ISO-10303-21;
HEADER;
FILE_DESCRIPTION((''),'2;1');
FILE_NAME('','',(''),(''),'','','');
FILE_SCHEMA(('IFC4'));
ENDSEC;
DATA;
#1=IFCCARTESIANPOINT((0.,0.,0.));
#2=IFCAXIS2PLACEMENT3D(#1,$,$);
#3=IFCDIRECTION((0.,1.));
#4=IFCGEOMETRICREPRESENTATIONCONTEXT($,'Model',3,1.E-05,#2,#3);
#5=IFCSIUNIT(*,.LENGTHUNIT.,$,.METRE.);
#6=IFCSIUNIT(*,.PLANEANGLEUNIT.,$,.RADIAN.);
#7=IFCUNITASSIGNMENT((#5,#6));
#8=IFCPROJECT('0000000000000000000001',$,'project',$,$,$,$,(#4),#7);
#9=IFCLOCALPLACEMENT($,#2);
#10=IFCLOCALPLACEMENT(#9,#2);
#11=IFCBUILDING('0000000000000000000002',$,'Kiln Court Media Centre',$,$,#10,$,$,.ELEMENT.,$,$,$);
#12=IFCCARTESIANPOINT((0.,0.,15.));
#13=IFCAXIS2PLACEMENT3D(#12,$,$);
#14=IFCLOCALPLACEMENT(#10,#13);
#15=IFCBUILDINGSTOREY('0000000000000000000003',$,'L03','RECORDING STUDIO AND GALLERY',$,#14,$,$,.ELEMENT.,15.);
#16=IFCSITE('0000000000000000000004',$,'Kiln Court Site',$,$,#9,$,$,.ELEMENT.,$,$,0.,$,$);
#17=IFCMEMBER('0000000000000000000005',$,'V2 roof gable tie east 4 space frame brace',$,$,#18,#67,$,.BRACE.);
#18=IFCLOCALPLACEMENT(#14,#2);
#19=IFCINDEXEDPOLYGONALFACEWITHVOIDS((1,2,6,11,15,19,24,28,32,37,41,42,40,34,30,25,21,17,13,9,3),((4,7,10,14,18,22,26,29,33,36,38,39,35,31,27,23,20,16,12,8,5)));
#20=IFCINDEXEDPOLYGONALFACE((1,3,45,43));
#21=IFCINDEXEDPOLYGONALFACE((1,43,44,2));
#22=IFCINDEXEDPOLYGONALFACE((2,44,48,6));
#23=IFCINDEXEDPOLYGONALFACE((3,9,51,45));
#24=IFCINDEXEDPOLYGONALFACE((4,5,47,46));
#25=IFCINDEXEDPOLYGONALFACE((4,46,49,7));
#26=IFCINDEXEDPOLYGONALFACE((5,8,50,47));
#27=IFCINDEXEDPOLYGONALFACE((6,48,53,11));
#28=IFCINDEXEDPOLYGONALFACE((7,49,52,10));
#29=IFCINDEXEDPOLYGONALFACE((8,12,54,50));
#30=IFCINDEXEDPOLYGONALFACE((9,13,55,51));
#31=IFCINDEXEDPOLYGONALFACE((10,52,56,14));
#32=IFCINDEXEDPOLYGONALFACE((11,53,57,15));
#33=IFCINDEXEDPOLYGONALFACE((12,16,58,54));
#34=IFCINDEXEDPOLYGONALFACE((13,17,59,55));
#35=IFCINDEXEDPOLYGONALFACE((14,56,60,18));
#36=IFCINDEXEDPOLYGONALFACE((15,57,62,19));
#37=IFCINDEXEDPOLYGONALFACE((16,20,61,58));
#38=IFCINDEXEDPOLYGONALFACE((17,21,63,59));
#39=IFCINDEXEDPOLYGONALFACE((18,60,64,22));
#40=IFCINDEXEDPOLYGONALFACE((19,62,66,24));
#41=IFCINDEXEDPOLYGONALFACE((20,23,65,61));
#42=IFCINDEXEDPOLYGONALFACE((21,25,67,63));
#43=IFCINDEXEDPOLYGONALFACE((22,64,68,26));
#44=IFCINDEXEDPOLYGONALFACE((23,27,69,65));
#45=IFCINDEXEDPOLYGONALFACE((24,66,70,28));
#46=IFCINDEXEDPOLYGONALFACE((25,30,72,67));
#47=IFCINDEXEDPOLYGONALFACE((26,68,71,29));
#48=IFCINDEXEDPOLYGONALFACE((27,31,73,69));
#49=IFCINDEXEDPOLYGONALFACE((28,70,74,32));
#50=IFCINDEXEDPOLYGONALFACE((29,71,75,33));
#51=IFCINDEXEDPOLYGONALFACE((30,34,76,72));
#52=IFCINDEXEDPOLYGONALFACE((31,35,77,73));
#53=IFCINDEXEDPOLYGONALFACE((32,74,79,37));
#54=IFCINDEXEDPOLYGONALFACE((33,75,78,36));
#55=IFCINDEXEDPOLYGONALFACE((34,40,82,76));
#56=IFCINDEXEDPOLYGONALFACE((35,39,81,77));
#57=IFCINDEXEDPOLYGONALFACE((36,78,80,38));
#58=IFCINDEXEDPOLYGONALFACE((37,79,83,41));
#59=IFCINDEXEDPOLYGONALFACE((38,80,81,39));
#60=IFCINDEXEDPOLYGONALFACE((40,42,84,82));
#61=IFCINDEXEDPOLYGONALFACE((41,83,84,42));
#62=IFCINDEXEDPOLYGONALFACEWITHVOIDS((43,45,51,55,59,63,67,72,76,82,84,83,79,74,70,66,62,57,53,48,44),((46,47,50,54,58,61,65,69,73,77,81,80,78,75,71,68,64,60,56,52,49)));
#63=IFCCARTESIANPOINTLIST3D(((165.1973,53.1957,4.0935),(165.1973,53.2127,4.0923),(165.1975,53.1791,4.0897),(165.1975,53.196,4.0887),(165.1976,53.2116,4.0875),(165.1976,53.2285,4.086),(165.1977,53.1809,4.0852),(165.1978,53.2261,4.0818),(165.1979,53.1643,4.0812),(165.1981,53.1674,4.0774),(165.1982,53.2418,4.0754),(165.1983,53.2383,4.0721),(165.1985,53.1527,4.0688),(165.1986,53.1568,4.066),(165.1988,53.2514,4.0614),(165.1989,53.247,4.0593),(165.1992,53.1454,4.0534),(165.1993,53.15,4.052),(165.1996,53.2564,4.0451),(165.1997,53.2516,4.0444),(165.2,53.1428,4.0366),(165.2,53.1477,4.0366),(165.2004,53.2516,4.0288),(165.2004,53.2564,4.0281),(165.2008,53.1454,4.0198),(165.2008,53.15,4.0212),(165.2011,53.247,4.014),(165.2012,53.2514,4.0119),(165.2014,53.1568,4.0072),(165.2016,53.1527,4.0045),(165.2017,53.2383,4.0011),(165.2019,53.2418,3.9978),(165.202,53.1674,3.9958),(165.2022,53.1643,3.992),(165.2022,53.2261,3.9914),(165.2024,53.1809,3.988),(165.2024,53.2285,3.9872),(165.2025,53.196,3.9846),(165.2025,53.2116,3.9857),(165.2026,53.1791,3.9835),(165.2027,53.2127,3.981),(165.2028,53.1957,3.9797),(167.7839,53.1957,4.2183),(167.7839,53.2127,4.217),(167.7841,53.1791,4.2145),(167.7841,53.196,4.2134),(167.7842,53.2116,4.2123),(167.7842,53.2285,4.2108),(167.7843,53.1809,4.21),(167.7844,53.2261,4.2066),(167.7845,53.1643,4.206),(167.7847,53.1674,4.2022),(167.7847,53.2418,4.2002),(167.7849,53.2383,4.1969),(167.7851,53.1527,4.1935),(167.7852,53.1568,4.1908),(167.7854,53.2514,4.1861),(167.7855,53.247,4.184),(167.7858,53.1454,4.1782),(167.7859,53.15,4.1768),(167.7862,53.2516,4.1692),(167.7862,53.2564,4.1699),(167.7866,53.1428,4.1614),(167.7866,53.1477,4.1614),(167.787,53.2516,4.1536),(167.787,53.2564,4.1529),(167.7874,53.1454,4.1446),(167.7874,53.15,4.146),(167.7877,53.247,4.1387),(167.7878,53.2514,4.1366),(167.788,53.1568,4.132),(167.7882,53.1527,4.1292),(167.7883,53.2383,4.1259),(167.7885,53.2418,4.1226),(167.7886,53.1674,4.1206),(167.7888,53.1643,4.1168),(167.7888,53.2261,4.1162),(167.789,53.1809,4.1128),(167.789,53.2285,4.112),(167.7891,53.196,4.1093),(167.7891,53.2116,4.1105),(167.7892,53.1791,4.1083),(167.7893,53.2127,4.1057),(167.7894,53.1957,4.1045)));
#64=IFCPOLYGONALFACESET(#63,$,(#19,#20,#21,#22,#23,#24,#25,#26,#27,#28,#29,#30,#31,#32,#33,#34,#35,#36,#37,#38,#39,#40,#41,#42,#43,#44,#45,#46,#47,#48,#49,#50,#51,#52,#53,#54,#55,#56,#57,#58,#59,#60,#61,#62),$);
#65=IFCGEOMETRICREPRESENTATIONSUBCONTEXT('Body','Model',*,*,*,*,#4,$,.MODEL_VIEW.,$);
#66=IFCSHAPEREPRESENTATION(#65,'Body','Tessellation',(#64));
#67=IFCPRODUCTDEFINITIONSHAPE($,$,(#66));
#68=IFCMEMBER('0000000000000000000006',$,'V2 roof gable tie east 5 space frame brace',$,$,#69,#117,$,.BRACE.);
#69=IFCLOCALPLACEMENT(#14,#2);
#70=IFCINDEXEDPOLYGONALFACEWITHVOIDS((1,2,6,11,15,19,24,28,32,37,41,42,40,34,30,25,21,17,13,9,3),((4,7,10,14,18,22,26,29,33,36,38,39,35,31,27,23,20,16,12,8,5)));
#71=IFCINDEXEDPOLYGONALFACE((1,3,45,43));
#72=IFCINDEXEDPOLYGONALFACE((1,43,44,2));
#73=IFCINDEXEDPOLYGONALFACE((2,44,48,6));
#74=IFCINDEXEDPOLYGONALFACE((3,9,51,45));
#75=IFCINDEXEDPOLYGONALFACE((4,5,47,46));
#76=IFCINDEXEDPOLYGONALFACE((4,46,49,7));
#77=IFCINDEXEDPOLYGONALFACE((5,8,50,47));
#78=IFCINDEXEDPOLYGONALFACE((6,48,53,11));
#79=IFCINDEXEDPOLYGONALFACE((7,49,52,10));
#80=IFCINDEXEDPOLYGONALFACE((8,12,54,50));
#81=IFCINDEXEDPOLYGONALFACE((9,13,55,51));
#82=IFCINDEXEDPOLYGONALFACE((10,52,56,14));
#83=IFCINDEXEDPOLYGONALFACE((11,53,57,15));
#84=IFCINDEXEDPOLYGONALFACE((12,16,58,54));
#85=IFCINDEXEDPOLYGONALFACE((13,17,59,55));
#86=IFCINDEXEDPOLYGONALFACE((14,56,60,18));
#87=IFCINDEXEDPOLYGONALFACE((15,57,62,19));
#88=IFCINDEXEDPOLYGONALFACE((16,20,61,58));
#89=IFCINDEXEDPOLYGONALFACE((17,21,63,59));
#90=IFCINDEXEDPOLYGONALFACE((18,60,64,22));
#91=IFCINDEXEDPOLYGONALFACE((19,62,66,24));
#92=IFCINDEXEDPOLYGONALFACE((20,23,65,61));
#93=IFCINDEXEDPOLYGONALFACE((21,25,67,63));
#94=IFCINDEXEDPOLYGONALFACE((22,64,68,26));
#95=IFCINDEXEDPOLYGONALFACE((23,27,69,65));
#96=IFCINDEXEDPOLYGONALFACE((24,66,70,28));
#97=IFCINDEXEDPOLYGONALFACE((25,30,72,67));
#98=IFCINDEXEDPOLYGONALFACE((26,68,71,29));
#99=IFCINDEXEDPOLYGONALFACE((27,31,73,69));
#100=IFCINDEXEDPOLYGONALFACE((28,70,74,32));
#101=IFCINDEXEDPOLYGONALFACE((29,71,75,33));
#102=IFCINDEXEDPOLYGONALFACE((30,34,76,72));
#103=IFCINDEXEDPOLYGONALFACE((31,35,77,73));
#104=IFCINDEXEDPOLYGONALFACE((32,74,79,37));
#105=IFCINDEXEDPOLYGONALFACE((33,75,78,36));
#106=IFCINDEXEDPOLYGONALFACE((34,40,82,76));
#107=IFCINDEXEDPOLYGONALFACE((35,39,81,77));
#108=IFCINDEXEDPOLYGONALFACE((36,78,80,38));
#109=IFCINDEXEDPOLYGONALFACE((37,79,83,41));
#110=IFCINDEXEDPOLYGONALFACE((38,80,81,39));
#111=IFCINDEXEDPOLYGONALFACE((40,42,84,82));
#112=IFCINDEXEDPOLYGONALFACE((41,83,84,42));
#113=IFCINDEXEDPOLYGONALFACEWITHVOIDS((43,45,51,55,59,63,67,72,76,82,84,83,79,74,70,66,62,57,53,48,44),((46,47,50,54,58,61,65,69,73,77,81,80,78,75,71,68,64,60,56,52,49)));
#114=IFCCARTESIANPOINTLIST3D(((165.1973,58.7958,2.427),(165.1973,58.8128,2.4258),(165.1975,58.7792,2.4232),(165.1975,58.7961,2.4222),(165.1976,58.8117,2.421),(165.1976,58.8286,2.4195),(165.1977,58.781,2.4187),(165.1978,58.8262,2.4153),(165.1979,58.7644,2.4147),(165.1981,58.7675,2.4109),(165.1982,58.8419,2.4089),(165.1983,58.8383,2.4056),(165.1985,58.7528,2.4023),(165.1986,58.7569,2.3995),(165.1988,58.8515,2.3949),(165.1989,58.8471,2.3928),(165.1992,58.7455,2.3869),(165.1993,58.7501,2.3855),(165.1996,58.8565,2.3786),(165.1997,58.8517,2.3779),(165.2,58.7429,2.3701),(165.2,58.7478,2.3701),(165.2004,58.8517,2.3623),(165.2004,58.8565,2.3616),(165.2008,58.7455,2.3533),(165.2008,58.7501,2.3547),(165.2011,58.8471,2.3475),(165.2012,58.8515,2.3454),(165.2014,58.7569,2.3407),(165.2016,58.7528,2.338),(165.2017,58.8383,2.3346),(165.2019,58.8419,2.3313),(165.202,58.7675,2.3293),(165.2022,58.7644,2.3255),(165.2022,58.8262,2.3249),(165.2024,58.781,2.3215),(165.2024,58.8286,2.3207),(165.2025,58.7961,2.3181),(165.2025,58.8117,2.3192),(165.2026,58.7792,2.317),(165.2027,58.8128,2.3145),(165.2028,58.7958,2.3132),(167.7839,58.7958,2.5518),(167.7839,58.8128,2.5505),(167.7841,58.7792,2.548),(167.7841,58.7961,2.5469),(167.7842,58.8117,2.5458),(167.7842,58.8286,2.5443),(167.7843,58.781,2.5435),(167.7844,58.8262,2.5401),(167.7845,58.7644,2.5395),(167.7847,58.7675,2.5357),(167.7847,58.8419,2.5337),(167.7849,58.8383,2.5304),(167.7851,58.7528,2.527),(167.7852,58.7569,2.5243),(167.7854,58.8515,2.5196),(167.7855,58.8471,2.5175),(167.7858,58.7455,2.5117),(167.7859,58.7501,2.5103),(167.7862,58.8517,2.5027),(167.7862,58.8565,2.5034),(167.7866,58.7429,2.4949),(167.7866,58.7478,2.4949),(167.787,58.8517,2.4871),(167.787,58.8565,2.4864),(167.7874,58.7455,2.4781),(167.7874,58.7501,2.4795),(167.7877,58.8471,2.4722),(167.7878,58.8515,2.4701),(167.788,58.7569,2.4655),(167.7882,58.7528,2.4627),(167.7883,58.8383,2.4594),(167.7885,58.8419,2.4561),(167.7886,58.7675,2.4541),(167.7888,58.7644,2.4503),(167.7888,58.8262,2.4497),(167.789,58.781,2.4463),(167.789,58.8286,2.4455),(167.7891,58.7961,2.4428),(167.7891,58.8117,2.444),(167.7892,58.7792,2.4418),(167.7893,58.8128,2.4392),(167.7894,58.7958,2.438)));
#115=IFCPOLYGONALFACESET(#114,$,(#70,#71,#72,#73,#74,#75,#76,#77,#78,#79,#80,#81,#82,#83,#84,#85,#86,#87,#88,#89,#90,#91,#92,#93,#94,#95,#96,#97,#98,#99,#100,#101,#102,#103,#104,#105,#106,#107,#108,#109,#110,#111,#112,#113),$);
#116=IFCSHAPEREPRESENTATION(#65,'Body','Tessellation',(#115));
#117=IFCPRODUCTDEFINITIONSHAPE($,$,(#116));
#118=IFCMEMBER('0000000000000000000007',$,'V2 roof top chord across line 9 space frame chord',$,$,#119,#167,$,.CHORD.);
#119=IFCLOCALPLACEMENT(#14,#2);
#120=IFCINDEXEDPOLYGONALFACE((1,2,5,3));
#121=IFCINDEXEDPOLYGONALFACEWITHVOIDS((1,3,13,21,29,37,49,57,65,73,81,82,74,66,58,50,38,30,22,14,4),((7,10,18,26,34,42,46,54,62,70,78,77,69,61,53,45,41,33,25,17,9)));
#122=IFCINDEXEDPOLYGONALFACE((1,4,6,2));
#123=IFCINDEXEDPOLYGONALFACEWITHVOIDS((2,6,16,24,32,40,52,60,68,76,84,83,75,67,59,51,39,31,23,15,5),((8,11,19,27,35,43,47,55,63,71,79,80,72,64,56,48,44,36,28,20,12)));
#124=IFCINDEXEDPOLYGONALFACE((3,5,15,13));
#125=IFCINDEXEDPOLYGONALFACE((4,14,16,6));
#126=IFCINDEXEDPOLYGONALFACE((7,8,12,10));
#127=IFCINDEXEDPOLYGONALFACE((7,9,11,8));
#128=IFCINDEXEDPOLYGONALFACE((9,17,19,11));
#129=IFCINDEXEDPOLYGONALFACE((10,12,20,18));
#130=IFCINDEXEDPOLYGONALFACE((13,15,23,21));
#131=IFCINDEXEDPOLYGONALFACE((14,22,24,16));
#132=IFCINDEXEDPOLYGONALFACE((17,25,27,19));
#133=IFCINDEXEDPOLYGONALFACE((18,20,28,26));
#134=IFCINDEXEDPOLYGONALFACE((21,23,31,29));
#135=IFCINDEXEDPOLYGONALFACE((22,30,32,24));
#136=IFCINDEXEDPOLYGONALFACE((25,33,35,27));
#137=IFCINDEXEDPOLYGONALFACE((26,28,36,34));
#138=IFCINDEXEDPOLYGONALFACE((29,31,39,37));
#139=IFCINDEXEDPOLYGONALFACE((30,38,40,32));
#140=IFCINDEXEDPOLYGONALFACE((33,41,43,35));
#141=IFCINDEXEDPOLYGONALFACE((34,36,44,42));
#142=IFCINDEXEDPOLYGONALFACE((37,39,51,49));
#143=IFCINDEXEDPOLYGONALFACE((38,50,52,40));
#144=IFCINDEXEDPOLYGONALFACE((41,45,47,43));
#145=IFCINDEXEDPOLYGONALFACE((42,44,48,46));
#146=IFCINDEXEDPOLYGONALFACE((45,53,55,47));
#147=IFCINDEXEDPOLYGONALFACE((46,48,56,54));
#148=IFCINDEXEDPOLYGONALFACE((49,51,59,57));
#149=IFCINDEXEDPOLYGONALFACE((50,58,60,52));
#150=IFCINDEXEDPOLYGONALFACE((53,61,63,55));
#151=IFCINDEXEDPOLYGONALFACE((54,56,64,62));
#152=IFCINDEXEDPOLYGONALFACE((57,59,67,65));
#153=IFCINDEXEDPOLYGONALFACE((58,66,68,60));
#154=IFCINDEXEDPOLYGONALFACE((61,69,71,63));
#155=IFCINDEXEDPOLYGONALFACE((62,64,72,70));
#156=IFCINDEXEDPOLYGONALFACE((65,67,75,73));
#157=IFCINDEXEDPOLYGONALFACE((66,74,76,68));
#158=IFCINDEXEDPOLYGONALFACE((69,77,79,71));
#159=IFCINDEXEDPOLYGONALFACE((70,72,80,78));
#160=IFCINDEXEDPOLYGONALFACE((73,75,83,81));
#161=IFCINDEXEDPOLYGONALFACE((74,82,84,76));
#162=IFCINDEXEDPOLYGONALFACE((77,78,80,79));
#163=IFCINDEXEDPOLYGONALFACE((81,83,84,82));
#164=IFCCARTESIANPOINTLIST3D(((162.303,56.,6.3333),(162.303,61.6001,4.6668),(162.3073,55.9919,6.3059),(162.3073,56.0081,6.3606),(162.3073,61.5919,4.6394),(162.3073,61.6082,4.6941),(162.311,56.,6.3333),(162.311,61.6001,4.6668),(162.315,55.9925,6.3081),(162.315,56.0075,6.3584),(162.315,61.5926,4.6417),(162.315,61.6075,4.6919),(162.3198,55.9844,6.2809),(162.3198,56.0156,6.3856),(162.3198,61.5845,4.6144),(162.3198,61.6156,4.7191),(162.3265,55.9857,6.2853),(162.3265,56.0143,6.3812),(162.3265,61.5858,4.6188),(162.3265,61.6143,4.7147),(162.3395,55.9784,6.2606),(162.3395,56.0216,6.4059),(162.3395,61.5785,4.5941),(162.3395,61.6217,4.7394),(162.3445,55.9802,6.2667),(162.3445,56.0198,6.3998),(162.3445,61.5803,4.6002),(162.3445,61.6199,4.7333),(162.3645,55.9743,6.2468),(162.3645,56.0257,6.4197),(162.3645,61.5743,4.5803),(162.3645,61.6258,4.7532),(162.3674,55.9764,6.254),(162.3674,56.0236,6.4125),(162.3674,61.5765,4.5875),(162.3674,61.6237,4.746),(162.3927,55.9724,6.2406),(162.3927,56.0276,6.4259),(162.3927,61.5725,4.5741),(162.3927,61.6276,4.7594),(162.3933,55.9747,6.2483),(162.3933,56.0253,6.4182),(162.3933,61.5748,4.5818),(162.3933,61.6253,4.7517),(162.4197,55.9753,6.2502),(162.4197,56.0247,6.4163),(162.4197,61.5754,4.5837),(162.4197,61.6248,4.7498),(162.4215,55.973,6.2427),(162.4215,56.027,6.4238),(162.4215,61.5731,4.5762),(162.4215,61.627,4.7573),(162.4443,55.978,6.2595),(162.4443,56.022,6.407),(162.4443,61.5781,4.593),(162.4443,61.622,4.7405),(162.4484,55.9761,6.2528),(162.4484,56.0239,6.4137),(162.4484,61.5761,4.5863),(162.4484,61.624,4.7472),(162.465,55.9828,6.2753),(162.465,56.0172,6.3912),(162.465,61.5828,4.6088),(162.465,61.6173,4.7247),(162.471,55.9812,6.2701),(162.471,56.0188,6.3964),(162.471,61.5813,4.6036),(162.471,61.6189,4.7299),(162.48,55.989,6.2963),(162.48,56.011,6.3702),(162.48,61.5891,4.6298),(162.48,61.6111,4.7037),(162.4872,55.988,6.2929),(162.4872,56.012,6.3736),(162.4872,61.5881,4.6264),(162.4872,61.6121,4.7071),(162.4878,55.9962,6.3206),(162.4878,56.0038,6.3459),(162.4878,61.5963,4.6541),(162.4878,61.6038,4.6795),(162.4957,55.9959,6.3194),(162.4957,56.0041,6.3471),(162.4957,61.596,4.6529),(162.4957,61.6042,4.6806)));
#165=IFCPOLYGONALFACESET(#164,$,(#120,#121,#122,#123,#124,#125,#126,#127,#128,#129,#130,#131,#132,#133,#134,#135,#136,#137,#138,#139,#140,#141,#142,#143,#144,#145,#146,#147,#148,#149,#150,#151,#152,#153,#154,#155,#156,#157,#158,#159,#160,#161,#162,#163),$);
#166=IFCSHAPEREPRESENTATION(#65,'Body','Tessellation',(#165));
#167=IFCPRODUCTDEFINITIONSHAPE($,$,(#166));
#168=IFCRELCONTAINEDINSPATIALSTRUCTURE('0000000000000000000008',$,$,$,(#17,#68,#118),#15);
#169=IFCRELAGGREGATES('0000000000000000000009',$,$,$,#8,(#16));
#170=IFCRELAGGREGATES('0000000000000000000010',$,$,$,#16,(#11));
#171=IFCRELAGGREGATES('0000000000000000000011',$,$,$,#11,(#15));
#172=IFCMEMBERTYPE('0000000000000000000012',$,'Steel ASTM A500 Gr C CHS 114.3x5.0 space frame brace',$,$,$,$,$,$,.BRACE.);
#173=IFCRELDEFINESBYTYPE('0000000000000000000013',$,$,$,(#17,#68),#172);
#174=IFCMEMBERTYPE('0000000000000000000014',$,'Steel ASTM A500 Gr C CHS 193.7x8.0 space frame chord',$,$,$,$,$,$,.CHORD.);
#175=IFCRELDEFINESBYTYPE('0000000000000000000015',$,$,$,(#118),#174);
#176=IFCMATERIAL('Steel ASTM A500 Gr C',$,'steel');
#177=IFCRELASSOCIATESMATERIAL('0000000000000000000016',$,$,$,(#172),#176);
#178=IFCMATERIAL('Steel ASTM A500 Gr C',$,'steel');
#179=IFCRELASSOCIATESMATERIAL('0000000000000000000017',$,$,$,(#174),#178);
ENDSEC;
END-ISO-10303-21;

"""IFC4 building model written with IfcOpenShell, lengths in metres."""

from ifc_helpers import new_model, si_unit, direction, frame, origin, origin_2d, place, context, subcontext, project, spatial, hollow_circle, extrude, material, material_profile, profile_set, type_object, element, save


model = new_model("IFC4")

# Units and contexts
model_context = context("Model", 3, precision=1e-05, world=origin(), true_north=direction((0.0, 1.0)))
body_context = subcontext(model_context, "Body", "Model", "MODEL_VIEW")
ifc_project = project(units=[si_unit("LENGTHUNIT", "METRE"), si_unit("PLANEANGLEUNIT", "RADIAN")], contexts=[model_context])

# Site, building, storey
site_placement = place(None, origin())
site = spatial("IfcSite", under=ifc_project, at=site_placement, Name="Kiln Court Site", CompositionType="ELEMENT", RefElevation=0.0)
building_placement = place(site_placement, origin())
building = spatial("IfcBuilding", under=site, at=building_placement, Name="Kiln Court Media Centre", CompositionType="ELEMENT")
storey_placement = place(building_placement, frame((0.0, 0.0, 15.0)))
storey = spatial("IfcBuildingStorey", under=building, at=storey_placement, Name="L03", Description="RECORDING STUDIO AND GALLERY", CompositionType="ELEMENT", Elevation=15.0)

# Members
ifc_material_1 = material(Name="Steel ASTM A500 Gr C", Category="steel")
ifc_material_profile_1 = material_profile(ifc_material_1, hollow_circle(Radius=0.0571, WallThickness=0.0049, at=origin_2d()), Name="CHS 114.3x5.0")
ifc_profile_set_1 = profile_set([ifc_material_profile_1], Name="Steel ASTM A500 Gr C")
member_type_1 = type_object("IfcMemberType", Name="Steel ASTM A500 Gr C CHS 114.3x5.0 space frame brace", PredefinedType="BRACE", material=ifc_profile_set_1)
for number, where, z_axis, x_axis, name in (
    (1, (167.7866, 53.2, 4.1614), (-0.998839, 0.0, -0.048174), (0.0, -1.0, 0.0), "V2 roof gable tie east 4 space frame brace"),
    (2, (167.7866, 58.8, 2.4949), (-0.998839, 0.0, -0.048174), (0.0, -1.0, 0.0), "V2 roof gable tie east 5 space frame brace"),
):
    element("IfcMember", number, at=place(storey_placement, frame(where, z_axis=z_axis, x_axis=x_axis)), inside=storey, type_object=member_type_1, Name=name, PredefinedType="BRACE", context=body_context, shape_type="SweptSolid", body=[
        extrude(hollow_circle(Radius=0.0571, WallThickness=0.0049, at=origin_2d()), origin(), (0.0, 0.0, 1.0), 2.5896),
    ])
ifc_material_2 = material(Name="Steel ASTM A500 Gr C", Category="steel")
ifc_material_profile_2 = material_profile(ifc_material_2, hollow_circle(Radius=0.0969, WallThickness=0.0081, at=origin_2d()), Name="CHS 193.7x8.0")
ifc_profile_set_2 = profile_set([ifc_material_profile_2], Name="Steel ASTM A500 Gr C")
member_type_2 = type_object("IfcMemberType", Name="Steel ASTM A500 Gr C CHS 193.7x8.0 space frame chord", PredefinedType="CHORD", material=ifc_profile_set_2)
member_1_placement = place(storey_placement, frame((162.3999, 56.0, 6.3333), z_axis=(0.0, 0.958461, -0.285223), x_axis=(-1.0, 0.0, 0.0)))
element("IfcMember", 3, at=member_1_placement, inside=storey, type_object=member_type_2, Name="V2 roof top chord across line 9 space frame chord", PredefinedType="CHORD", context=body_context, shape_type="SweptSolid", body=[
    extrude(hollow_circle(Radius=0.0969, WallThickness=0.0081, at=origin_2d()), origin(), (0.0, 0.0, 1.0), 5.8428),
])

save(model, "model.ifc")
